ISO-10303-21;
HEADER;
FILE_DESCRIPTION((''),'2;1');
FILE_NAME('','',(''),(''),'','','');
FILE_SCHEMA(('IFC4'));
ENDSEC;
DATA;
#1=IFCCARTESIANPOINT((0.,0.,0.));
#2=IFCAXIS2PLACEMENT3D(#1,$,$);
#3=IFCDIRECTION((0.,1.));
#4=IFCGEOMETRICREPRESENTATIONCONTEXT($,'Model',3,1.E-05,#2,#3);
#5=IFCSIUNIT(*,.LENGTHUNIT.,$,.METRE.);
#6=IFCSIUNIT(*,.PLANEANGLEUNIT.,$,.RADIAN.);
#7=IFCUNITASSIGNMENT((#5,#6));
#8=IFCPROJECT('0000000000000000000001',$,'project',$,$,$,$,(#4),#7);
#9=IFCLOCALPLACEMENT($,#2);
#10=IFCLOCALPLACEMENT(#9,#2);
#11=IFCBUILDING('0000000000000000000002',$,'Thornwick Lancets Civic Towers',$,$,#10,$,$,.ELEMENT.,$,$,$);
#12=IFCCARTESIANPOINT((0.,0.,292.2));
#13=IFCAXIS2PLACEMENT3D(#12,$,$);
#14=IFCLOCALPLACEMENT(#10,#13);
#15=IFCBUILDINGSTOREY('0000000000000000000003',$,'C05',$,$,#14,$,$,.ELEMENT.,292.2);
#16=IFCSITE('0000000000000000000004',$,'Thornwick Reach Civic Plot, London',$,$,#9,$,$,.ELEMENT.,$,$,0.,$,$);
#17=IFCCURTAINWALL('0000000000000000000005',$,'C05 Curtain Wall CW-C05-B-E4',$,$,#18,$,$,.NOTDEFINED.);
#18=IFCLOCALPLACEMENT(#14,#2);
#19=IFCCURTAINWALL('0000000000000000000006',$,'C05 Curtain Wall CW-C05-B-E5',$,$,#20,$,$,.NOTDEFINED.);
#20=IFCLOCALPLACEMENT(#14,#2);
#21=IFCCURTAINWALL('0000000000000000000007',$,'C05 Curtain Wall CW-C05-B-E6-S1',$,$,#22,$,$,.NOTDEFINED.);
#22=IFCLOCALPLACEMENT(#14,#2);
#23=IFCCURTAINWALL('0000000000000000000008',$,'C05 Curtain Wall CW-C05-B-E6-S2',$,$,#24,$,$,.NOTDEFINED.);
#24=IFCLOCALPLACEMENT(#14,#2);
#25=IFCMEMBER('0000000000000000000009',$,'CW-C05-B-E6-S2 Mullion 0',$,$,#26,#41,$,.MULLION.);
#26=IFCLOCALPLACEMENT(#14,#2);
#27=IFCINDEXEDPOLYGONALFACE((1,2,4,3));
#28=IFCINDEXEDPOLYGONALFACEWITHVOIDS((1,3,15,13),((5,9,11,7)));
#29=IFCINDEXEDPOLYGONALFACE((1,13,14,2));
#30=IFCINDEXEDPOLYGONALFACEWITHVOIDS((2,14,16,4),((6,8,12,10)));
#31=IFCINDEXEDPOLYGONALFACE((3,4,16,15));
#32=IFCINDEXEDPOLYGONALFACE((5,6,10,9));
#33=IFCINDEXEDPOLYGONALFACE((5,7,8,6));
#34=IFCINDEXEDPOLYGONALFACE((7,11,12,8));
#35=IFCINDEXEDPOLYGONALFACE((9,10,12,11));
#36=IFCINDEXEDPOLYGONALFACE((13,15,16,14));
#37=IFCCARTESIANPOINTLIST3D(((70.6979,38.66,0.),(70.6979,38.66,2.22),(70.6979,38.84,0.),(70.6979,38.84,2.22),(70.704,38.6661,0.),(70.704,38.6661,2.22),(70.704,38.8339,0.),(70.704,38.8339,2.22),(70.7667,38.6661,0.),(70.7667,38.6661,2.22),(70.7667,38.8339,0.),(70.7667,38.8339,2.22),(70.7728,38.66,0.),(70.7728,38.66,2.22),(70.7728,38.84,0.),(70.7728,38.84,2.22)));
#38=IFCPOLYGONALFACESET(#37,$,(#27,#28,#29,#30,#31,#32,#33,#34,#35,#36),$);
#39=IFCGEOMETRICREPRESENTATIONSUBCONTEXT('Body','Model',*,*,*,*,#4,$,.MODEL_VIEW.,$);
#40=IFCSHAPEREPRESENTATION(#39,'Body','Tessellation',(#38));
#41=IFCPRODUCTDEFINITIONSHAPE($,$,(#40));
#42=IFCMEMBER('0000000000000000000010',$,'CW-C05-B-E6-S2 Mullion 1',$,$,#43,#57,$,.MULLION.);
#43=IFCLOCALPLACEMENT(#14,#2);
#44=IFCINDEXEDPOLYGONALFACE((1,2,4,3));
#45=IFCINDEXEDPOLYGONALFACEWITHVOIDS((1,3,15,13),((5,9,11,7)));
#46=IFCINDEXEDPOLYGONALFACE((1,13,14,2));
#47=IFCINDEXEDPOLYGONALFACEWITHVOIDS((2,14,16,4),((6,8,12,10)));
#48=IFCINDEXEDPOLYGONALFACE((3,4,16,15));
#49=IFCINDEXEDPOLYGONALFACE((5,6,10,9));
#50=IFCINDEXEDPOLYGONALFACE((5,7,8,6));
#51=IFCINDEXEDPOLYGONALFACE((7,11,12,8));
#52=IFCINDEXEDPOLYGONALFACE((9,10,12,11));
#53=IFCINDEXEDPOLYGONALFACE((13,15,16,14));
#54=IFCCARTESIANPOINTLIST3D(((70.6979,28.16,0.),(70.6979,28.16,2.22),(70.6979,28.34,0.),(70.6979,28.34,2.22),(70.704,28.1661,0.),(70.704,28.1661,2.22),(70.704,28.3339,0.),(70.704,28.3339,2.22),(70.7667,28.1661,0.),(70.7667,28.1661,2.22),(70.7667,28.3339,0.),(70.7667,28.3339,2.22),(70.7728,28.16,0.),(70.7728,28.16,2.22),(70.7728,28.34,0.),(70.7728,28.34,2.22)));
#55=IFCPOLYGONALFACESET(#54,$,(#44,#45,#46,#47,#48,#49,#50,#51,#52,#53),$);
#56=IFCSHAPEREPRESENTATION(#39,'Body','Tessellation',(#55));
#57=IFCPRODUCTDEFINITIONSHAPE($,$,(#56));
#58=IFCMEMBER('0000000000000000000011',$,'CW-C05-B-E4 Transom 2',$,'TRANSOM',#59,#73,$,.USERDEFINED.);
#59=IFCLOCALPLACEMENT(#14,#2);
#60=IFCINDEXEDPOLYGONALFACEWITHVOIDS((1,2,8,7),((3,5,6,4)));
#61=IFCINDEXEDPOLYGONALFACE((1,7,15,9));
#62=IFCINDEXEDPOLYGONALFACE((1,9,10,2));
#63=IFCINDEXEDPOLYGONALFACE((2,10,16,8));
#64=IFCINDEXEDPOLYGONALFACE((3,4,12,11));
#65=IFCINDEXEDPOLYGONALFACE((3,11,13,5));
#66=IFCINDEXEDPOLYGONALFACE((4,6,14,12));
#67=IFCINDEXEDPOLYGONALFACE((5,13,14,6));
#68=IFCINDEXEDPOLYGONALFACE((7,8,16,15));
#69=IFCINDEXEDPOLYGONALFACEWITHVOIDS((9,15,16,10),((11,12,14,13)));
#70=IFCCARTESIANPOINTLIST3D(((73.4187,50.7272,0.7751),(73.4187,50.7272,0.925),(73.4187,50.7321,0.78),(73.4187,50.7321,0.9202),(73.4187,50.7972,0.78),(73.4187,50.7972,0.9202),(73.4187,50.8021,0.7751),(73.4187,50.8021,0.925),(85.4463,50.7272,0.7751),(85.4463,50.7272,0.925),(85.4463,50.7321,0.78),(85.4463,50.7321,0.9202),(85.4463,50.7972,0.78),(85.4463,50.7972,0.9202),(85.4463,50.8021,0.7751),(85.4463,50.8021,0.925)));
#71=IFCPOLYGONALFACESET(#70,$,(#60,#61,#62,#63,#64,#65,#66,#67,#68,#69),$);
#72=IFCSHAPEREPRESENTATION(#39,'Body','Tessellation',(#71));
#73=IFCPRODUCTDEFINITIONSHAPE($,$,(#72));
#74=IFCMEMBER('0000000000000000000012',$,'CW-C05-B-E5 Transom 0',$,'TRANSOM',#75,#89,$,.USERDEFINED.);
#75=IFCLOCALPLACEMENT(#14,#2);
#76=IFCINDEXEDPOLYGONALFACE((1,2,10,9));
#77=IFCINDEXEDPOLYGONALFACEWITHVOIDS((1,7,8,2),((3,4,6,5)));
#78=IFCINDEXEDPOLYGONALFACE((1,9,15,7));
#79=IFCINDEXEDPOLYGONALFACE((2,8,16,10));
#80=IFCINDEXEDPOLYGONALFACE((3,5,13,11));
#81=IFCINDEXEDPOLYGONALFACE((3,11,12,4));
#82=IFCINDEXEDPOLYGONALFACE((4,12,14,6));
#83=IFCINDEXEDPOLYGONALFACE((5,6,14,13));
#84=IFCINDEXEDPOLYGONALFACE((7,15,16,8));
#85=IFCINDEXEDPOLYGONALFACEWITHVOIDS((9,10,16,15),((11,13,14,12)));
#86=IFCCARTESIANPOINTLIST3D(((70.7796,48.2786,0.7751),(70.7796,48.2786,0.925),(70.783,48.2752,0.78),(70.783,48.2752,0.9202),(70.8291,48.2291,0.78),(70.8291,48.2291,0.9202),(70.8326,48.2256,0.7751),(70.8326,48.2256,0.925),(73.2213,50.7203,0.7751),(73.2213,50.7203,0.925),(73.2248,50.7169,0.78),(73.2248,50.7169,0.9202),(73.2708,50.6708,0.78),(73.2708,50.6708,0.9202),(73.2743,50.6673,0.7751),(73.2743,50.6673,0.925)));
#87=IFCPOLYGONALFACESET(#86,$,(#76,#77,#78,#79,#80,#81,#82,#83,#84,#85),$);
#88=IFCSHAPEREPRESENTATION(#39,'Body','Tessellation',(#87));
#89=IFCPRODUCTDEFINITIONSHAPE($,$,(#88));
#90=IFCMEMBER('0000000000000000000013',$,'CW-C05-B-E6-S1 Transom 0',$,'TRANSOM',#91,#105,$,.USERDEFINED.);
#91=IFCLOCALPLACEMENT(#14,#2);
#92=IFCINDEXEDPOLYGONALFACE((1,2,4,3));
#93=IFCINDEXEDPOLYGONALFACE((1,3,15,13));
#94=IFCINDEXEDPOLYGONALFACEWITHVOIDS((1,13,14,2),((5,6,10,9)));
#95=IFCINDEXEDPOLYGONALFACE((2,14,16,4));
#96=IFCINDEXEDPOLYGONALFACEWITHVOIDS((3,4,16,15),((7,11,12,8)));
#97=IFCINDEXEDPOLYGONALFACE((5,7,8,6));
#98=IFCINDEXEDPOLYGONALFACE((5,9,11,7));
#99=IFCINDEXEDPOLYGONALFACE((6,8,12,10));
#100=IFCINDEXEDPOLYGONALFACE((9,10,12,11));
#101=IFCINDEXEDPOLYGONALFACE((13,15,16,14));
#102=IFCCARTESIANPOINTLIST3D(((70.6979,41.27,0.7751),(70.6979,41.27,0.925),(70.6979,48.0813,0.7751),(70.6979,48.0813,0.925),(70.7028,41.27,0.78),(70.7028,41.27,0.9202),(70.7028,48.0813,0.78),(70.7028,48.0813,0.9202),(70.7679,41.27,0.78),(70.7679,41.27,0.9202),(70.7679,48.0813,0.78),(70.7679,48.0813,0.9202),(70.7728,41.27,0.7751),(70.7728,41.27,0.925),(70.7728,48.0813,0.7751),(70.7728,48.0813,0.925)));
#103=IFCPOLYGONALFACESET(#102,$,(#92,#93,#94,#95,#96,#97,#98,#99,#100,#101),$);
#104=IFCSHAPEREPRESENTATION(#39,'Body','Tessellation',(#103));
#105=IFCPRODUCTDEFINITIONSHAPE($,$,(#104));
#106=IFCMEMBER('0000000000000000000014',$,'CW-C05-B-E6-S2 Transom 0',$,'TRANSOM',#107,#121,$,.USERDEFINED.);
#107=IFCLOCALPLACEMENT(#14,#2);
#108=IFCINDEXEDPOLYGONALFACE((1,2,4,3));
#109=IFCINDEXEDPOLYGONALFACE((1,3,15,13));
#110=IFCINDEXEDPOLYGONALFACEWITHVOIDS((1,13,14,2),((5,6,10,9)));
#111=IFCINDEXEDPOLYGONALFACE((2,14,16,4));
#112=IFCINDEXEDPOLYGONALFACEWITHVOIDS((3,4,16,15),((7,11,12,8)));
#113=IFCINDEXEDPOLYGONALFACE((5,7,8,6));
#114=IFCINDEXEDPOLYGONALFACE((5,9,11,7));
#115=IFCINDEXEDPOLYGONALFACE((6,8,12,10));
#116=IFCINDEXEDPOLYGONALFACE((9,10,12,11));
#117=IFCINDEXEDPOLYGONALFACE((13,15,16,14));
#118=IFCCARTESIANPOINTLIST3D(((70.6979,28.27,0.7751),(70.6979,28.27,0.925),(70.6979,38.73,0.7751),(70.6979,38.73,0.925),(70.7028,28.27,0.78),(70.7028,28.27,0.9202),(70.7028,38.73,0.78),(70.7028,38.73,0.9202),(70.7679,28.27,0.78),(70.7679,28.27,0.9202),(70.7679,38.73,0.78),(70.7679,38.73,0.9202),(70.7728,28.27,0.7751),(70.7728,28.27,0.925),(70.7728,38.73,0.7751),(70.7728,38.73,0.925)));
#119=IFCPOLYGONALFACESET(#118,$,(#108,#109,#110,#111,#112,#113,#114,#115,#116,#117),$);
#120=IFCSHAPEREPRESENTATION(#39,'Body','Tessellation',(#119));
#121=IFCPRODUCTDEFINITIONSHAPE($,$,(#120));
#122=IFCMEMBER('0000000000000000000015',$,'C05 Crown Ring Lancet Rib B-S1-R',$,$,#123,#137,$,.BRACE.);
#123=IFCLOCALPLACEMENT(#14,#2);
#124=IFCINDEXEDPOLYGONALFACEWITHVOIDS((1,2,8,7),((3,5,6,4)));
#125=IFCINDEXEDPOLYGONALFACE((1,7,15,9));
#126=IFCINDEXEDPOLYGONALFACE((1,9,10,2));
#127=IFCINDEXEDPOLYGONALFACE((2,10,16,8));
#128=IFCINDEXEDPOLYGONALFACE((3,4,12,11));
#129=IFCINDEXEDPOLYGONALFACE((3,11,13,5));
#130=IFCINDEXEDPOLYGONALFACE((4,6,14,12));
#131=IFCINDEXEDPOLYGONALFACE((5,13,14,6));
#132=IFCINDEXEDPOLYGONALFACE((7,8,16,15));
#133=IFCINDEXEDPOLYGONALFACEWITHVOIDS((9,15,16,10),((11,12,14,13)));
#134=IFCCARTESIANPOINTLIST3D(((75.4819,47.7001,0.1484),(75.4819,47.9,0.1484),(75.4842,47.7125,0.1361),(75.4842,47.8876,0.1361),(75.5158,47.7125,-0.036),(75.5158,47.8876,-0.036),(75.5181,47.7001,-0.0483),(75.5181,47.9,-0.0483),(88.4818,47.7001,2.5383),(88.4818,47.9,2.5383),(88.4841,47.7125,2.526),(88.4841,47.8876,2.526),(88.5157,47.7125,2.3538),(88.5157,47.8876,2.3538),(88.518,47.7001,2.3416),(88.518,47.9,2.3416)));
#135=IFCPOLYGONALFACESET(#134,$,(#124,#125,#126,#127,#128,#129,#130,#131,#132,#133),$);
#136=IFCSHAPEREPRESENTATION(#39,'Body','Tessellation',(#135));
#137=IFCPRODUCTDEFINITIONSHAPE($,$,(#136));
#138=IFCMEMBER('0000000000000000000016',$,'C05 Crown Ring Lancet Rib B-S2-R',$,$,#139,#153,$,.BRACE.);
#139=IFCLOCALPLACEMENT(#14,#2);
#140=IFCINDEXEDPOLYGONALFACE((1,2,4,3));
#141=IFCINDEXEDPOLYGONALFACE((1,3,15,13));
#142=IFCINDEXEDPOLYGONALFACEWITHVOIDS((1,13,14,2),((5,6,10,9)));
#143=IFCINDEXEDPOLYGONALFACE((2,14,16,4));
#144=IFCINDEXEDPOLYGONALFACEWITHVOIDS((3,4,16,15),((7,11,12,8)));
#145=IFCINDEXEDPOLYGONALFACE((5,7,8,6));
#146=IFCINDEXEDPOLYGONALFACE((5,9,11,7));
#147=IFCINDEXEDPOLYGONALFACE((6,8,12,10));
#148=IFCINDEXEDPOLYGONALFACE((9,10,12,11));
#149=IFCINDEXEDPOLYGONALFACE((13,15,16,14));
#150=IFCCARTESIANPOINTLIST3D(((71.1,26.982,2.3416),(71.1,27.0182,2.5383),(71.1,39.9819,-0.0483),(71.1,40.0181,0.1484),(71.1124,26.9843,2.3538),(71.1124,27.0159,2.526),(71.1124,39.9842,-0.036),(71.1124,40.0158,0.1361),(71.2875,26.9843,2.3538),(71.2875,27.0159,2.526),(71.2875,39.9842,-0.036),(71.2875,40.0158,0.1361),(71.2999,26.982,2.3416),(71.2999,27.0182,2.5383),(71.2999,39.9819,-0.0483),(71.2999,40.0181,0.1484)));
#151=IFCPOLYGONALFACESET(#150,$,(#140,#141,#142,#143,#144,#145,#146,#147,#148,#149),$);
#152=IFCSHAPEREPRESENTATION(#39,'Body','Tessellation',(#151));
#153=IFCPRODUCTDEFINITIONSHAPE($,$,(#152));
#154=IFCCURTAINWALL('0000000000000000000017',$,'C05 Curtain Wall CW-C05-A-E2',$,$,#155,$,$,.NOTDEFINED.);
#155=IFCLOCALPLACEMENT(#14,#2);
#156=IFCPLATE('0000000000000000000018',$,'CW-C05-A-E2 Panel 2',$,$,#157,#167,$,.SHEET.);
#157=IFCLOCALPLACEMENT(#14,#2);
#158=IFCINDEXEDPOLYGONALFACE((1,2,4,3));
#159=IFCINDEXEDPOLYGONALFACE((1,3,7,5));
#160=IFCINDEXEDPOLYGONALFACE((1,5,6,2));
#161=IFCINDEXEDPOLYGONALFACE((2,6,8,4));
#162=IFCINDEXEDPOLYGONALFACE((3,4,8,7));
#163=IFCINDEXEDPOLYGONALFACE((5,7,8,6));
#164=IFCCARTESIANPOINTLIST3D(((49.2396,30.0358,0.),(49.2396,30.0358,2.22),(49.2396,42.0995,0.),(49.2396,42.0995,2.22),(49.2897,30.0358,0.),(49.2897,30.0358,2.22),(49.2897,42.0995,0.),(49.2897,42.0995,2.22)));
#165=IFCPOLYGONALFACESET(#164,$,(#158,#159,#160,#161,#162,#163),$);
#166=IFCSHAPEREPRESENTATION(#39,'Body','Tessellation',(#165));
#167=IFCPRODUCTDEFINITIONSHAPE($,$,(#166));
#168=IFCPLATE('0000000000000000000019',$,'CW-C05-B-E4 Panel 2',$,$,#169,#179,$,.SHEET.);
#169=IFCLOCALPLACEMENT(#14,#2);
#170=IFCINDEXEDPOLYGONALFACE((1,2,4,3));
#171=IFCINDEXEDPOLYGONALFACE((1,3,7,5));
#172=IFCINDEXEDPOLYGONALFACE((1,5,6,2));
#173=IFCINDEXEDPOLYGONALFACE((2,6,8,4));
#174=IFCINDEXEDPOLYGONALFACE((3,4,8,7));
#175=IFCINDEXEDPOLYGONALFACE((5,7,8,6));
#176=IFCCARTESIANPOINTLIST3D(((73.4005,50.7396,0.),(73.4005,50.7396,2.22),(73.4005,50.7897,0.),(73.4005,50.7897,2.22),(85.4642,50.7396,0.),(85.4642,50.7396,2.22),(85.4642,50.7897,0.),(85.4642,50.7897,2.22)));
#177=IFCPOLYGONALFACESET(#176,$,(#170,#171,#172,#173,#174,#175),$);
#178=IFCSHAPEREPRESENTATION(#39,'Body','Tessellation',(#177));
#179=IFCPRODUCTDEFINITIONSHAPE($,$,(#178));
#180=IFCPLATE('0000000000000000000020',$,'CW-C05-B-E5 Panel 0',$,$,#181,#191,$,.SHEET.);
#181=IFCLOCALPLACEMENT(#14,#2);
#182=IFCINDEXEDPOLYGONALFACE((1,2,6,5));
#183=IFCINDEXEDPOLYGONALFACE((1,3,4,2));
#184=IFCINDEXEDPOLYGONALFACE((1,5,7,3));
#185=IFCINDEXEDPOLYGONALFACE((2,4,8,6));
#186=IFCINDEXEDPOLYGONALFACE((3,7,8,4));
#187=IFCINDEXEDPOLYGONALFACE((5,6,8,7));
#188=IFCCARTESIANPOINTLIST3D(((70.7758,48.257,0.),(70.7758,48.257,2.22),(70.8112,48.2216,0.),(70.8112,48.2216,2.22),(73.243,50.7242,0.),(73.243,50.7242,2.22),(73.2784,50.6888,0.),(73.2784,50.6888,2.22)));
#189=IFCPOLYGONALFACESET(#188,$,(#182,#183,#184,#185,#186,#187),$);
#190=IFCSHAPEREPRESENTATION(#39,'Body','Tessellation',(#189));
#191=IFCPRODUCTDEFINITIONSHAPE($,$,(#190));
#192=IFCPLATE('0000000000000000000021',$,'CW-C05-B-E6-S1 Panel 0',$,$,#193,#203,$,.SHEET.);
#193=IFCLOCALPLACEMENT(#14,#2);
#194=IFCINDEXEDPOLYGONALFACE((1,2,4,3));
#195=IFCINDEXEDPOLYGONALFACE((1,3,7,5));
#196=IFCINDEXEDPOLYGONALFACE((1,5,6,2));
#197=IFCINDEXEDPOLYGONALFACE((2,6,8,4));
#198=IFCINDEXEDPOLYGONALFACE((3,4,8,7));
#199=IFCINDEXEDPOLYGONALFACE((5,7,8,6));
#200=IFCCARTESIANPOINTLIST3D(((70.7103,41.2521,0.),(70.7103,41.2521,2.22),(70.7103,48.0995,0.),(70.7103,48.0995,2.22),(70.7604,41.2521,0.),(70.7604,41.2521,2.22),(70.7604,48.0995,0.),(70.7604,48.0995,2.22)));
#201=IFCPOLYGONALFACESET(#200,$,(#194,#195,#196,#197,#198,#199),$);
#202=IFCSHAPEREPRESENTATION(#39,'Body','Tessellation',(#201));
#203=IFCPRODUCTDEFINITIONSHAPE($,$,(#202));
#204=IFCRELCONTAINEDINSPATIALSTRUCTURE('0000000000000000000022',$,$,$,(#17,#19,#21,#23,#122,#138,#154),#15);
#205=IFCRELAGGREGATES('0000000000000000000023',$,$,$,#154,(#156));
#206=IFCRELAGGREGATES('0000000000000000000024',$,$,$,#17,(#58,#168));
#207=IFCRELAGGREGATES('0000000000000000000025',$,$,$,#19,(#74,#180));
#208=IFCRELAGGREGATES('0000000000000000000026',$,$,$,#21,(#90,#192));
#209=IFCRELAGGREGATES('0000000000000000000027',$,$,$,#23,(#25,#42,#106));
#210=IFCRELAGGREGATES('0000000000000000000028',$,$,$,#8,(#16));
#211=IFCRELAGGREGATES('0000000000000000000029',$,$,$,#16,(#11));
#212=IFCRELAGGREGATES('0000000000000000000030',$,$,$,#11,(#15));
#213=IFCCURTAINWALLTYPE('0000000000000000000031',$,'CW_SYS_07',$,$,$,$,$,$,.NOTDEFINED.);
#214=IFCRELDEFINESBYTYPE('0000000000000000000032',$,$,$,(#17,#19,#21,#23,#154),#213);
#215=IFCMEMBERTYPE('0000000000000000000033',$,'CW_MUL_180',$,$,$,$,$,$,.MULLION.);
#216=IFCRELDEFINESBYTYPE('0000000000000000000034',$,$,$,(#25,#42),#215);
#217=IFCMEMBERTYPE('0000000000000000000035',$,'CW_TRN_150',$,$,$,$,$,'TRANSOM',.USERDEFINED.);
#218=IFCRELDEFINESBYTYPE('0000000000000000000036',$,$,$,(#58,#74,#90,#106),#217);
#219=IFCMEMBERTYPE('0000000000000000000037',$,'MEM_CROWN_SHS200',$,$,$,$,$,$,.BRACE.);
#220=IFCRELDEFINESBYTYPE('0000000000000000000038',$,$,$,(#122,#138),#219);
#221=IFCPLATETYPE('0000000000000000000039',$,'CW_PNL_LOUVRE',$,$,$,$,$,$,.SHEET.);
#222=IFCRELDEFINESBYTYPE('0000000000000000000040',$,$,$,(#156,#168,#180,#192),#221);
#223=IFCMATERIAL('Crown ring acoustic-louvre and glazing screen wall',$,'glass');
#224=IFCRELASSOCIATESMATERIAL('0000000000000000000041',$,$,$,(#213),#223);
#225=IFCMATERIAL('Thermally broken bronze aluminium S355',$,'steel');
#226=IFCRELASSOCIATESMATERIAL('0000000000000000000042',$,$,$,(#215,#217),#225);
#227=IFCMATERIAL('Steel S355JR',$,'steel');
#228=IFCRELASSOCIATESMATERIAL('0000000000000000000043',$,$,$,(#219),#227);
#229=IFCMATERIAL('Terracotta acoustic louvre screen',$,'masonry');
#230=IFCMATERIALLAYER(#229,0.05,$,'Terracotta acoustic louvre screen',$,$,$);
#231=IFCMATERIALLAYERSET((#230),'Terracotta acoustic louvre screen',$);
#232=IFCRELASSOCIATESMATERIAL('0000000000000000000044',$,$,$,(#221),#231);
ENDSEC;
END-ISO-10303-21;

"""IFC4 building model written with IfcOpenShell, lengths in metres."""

from ifc_helpers import new_model, si_unit, direction, frame, origin, origin_2d, place, context, subcontext, project, spatial, rectangle, hollow_rectangle, extrude, material, layer, layer_set, material_profile, profile_set, type_object, element, aggregate, save


model = new_model("IFC4")

# Units and contexts
model_context = context("Model", 3, precision=1e-05, world=origin(), true_north=direction((0.0, 1.0)))
body_context = subcontext(model_context, "Body", "Model", "MODEL_VIEW")
ifc_project = project(units=[si_unit("LENGTHUNIT", "METRE"), si_unit("PLANEANGLEUNIT", "RADIAN")], contexts=[model_context])

# Site, building, storey
site_placement = place(None, origin())
site = spatial("IfcSite", under=ifc_project, at=site_placement, Name="Thornwick Reach Civic Plot, London", CompositionType="ELEMENT", RefElevation=0.0)
building_placement = place(site_placement, origin())
building = spatial("IfcBuilding", under=site, at=building_placement, Name="Thornwick Lancets Civic Towers", CompositionType="ELEMENT")
storey_placement = place(building_placement, frame((0.0, 0.0, 292.2)))
storey = spatial("IfcBuildingStorey", under=building, at=storey_placement, Name="C05", CompositionType="ELEMENT", Elevation=292.2)

# Shared definitions
ifc_material_1 = material(Name="Steel S355JR", Category="steel")

# Curtain walls, members
ifc_material_2 = material(Name="Crown ring acoustic-louvre and glazing screen wall", Category="glass")
curtain_wall_type = type_object("IfcCurtainWallType", Name="CW_SYS_07", PredefinedType="NOTDEFINED", material=ifc_material_2)
curtain_wall_1_placement = place(storey_placement, origin())
curtain_wall_1 = element("IfcCurtainWall", 1, at=curtain_wall_1_placement, inside=storey, type_object=curtain_wall_type, Name="C05 Curtain Wall CW-C05-B-E4", PredefinedType="NOTDEFINED")
ifc_material_3 = material(Name="Thermally broken bronze aluminium S355", Category="steel")
ifc_material_profile_1 = material_profile(ifc_material_3, hollow_rectangle(XDim=0.075, YDim=0.1799, WallThickness=0.0061, at=origin_2d()), Name="RHS 180x75x6")
ifc_profile_set_1 = profile_set([ifc_material_profile_1], Name="Thermally broken bronze aluminium S355")
member_type_1 = type_object("IfcMemberType", Name="CW_MUL_180", PredefinedType="MULLION", material=ifc_profile_set_1)
curtain_wall_2_placement = place(storey_placement, origin())
curtain_wall_2 = element("IfcCurtainWall", 2, at=curtain_wall_2_placement, inside=storey, type_object=curtain_wall_type, Name="C05 Curtain Wall CW-C05-B-E5", PredefinedType="NOTDEFINED")
curtain_wall_3_placement = place(storey_placement, origin())
curtain_wall_3 = element("IfcCurtainWall", 3, at=curtain_wall_3_placement, inside=storey, type_object=curtain_wall_type, Name="C05 Curtain Wall CW-C05-B-E6-S1", PredefinedType="NOTDEFINED")
curtain_wall_4_placement = place(storey_placement, origin())
curtain_wall_4 = element("IfcCurtainWall", 4, at=curtain_wall_4_placement, inside=storey, type_object=curtain_wall_type, Name="C05 Curtain Wall CW-C05-B-E6-S2", PredefinedType="NOTDEFINED")
member_1_placement = place(storey_placement, frame((70.7354, 38.75, 0.0), z_axis=(0.0, 0.0, 1.0), x_axis=(1.0, 0.0, 0.0)))
member_1 = element("IfcMember", 5, at=member_1_placement, type_object=member_type_1, Name="CW-C05-B-E6-S2 Mullion 0", PredefinedType="MULLION", context=body_context, shape_type="SweptSolid", body=[
    extrude(hollow_rectangle(XDim=0.075, YDim=0.1799, WallThickness=0.0061, at=origin_2d()), origin(), (0.0, 0.0, 1.0), 2.22),
])
member_2_placement = place(storey_placement, frame((70.7354, 28.25, 0.0), z_axis=(0.0, 0.0, 1.0), x_axis=(1.0, 0.0, 0.0)))
member_2 = element("IfcMember", 6, at=member_2_placement, type_object=member_type_1, Name="CW-C05-B-E6-S2 Mullion 1", PredefinedType="MULLION", context=body_context, shape_type="SweptSolid", body=[
    extrude(hollow_rectangle(XDim=0.075, YDim=0.1799, WallThickness=0.0061, at=origin_2d()), origin(), (0.0, 0.0, 1.0), 2.22),
])

# Members
ifc_material_profile_2 = material_profile(ifc_material_3, hollow_rectangle(XDim=0.075, YDim=0.1499, WallThickness=0.0049, at=origin_2d()), Name="RHS 150x75x5")
ifc_profile_set_2 = profile_set([ifc_material_profile_2], Name="Thermally broken bronze aluminium S355")
member_type_2 = type_object("IfcMemberType", Name="CW_TRN_150", ElementType="TRANSOM", PredefinedType="USERDEFINED", material=ifc_profile_set_2)
member_3_placement = place(storey_placement, frame((85.4463, 50.7646, 0.8501), z_axis=(-1.0, 0.0, 0.0), x_axis=(0.0, -1.0, 0.0)))
member_3 = element("IfcMember", 7, at=member_3_placement, type_object=member_type_2, Name="CW-C05-B-E4 Transom 2", ObjectType="TRANSOM", PredefinedType="USERDEFINED", context=body_context, shape_type="SweptSolid", body=[
    extrude(hollow_rectangle(XDim=0.075, YDim=0.1499, WallThickness=0.0049, at=origin_2d()), origin(), (0.0, 0.0, 1.0), 12.0276),
])
member_4_placement = place(storey_placement, frame((73.2478, 50.6938, 0.8501), z_axis=(-0.707107, -0.707107, 0.0), x_axis=(0.707107, -0.707107, 0.0)))
member_4 = element("IfcMember", 8, at=member_4_placement, type_object=member_type_2, Name="CW-C05-B-E5 Transom 0", ObjectType="TRANSOM", PredefinedType="USERDEFINED", context=body_context, shape_type="SweptSolid", body=[
    extrude(hollow_rectangle(XDim=0.075, YDim=0.1499, WallThickness=0.0049, at=origin_2d()), origin(), (0.0, 0.0, 1.0), 3.4531),
])
member_5_placement = place(storey_placement, frame((70.7354, 48.0813, 0.8501), z_axis=(0.0, -1.0, 0.0), x_axis=(1.0, 0.0, 0.0)))
member_5 = element("IfcMember", 9, at=member_5_placement, type_object=member_type_2, Name="CW-C05-B-E6-S1 Transom 0", ObjectType="TRANSOM", PredefinedType="USERDEFINED", context=body_context, shape_type="SweptSolid", body=[
    extrude(hollow_rectangle(XDim=0.075, YDim=0.1499, WallThickness=0.0049, at=origin_2d()), origin(), (0.0, 0.0, 1.0), 6.8113),
])
member_6_placement = place(storey_placement, frame((70.7354, 38.73, 0.8501), z_axis=(0.0, -1.0, 0.0), x_axis=(1.0, 0.0, 0.0)))
member_6 = element("IfcMember", 10, at=member_6_placement, type_object=member_type_2, Name="CW-C05-B-E6-S2 Transom 0", ObjectType="TRANSOM", PredefinedType="USERDEFINED", context=body_context, shape_type="SweptSolid", body=[
    extrude(hollow_rectangle(XDim=0.075, YDim=0.1499, WallThickness=0.0049, at=origin_2d()), origin(), (0.0, 0.0, 1.0), 10.46),
])

# Members
ifc_material_profile_3 = material_profile(ifc_material_1, hollow_rectangle(XDim=0.2, YDim=0.2, WallThickness=0.0125, at=origin_2d()), Name="SHS 200x200x12.5")
ifc_profile_set_3 = profile_set([ifc_material_profile_3], Name="Steel S355JR")
member_type_3 = type_object("IfcMemberType", Name="MEM_CROWN_SHS200", PredefinedType="BRACE", material=ifc_profile_set_3)
for number, where, z_axis, x_axis, name in (
    (11, (75.5, 47.8, 0.05), (0.983518, 0.0, 0.180808), (0.0, 1.0, 0.0), "C05 Crown Ring Lancet Rib B-S1-R"),
    (12, (71.2, 40.0, 0.05), (0.0, -0.983518, 0.180808), (1.0, 0.0, 0.0), "C05 Crown Ring Lancet Rib B-S2-R"),
):
    element("IfcMember", number, at=place(storey_placement, frame(where, z_axis=z_axis, x_axis=x_axis)), inside=storey, type_object=member_type_3, Name=name, PredefinedType="BRACE", context=body_context, shape_type="SweptSolid", body=[
        extrude(hollow_rectangle(XDim=0.2, YDim=0.2, WallThickness=0.0125, at=origin_2d()), origin(), (0.0, 0.0, 1.0), 13.2178),
    ])

# Curtain wall, plate
curtain_wall_5_placement = place(storey_placement, origin())
curtain_wall_5 = element("IfcCurtainWall", 13, at=curtain_wall_5_placement, inside=storey, type_object=curtain_wall_type, Name="C05 Curtain Wall CW-C05-A-E2", PredefinedType="NOTDEFINED")
ifc_material_4 = material(Name="Terracotta acoustic louvre screen", Category="masonry")
ifc_layer_1 = layer(ifc_material_4, 0.05, Name="Terracotta acoustic louvre screen")
ifc_layer_set_1 = layer_set([ifc_layer_1], Name="Terracotta acoustic louvre screen")
plate_type_1 = type_object("IfcPlateType", Name="CW_PNL_LOUVRE", PredefinedType="SHEET", material=ifc_layer_set_1)
plate_1_placement = place(storey_placement, frame((49.2646, 36.0676, 0.0), z_axis=(0.0, 0.0, 1.0), x_axis=(0.0, 1.0, 0.0)))
plate_1 = element("IfcPlate", 14, at=plate_1_placement, type_object=plate_type_1, Name="CW-C05-A-E2 Panel 2", PredefinedType="SHEET", context=body_context, shape_type="SweptSolid", body=[
    extrude(rectangle(XDim=12.0637, YDim=0.05, at=origin_2d()), origin(), (0.0, 0.0, 1.0), 2.22),
])
aggregate(curtain_wall_5, [plate_1])

# Plates
plate_2_placement = place(storey_placement, frame((79.4324, 50.7646, 0.0), z_axis=(0.0, 0.0, 1.0), x_axis=(-1.0, 0.0, 0.0)))
plate_2 = element("IfcPlate", 15, at=plate_2_placement, type_object=plate_type_1, Name="CW-C05-B-E4 Panel 2", PredefinedType="SHEET", context=body_context, shape_type="SweptSolid", body=[
    extrude(rectangle(XDim=12.0637, YDim=0.05, at=origin_2d()), origin(), (0.0, 0.0, 1.0), 2.22),
])
aggregate(curtain_wall_1, [member_3, plate_2])
plate_3_placement = place(storey_placement, frame((72.0271, 49.4729, 0.0), z_axis=(0.0, 0.0, 1.0), x_axis=(-0.707107, -0.707107, 0.0)))
plate_3 = element("IfcPlate", 16, at=plate_3_placement, type_object=plate_type_1, Name="CW-C05-B-E5 Panel 0", PredefinedType="SHEET", context=body_context, shape_type="SweptSolid", body=[
    extrude(rectangle(XDim=3.4893, YDim=0.05, at=origin_2d()), origin(), (0.0, 0.0, 1.0), 2.22),
])
aggregate(curtain_wall_2, [member_4, plate_3])
plate_4_placement = place(storey_placement, frame((70.7354, 44.6758, 0.0), z_axis=(0.0, 0.0, 1.0), x_axis=(0.0, -1.0, 0.0)))
plate_4 = element("IfcPlate", 17, at=plate_4_placement, type_object=plate_type_1, Name="CW-C05-B-E6-S1 Panel 0", PredefinedType="SHEET", context=body_context, shape_type="SweptSolid", body=[
    extrude(rectangle(XDim=6.8474, YDim=0.05, at=origin_2d()), origin(), (0.0, 0.0, 1.0), 2.22),
])
aggregate(curtain_wall_3, [member_5, plate_4])
aggregate(curtain_wall_4, [member_1, member_2, member_6])

save(model, "model.ifc")
